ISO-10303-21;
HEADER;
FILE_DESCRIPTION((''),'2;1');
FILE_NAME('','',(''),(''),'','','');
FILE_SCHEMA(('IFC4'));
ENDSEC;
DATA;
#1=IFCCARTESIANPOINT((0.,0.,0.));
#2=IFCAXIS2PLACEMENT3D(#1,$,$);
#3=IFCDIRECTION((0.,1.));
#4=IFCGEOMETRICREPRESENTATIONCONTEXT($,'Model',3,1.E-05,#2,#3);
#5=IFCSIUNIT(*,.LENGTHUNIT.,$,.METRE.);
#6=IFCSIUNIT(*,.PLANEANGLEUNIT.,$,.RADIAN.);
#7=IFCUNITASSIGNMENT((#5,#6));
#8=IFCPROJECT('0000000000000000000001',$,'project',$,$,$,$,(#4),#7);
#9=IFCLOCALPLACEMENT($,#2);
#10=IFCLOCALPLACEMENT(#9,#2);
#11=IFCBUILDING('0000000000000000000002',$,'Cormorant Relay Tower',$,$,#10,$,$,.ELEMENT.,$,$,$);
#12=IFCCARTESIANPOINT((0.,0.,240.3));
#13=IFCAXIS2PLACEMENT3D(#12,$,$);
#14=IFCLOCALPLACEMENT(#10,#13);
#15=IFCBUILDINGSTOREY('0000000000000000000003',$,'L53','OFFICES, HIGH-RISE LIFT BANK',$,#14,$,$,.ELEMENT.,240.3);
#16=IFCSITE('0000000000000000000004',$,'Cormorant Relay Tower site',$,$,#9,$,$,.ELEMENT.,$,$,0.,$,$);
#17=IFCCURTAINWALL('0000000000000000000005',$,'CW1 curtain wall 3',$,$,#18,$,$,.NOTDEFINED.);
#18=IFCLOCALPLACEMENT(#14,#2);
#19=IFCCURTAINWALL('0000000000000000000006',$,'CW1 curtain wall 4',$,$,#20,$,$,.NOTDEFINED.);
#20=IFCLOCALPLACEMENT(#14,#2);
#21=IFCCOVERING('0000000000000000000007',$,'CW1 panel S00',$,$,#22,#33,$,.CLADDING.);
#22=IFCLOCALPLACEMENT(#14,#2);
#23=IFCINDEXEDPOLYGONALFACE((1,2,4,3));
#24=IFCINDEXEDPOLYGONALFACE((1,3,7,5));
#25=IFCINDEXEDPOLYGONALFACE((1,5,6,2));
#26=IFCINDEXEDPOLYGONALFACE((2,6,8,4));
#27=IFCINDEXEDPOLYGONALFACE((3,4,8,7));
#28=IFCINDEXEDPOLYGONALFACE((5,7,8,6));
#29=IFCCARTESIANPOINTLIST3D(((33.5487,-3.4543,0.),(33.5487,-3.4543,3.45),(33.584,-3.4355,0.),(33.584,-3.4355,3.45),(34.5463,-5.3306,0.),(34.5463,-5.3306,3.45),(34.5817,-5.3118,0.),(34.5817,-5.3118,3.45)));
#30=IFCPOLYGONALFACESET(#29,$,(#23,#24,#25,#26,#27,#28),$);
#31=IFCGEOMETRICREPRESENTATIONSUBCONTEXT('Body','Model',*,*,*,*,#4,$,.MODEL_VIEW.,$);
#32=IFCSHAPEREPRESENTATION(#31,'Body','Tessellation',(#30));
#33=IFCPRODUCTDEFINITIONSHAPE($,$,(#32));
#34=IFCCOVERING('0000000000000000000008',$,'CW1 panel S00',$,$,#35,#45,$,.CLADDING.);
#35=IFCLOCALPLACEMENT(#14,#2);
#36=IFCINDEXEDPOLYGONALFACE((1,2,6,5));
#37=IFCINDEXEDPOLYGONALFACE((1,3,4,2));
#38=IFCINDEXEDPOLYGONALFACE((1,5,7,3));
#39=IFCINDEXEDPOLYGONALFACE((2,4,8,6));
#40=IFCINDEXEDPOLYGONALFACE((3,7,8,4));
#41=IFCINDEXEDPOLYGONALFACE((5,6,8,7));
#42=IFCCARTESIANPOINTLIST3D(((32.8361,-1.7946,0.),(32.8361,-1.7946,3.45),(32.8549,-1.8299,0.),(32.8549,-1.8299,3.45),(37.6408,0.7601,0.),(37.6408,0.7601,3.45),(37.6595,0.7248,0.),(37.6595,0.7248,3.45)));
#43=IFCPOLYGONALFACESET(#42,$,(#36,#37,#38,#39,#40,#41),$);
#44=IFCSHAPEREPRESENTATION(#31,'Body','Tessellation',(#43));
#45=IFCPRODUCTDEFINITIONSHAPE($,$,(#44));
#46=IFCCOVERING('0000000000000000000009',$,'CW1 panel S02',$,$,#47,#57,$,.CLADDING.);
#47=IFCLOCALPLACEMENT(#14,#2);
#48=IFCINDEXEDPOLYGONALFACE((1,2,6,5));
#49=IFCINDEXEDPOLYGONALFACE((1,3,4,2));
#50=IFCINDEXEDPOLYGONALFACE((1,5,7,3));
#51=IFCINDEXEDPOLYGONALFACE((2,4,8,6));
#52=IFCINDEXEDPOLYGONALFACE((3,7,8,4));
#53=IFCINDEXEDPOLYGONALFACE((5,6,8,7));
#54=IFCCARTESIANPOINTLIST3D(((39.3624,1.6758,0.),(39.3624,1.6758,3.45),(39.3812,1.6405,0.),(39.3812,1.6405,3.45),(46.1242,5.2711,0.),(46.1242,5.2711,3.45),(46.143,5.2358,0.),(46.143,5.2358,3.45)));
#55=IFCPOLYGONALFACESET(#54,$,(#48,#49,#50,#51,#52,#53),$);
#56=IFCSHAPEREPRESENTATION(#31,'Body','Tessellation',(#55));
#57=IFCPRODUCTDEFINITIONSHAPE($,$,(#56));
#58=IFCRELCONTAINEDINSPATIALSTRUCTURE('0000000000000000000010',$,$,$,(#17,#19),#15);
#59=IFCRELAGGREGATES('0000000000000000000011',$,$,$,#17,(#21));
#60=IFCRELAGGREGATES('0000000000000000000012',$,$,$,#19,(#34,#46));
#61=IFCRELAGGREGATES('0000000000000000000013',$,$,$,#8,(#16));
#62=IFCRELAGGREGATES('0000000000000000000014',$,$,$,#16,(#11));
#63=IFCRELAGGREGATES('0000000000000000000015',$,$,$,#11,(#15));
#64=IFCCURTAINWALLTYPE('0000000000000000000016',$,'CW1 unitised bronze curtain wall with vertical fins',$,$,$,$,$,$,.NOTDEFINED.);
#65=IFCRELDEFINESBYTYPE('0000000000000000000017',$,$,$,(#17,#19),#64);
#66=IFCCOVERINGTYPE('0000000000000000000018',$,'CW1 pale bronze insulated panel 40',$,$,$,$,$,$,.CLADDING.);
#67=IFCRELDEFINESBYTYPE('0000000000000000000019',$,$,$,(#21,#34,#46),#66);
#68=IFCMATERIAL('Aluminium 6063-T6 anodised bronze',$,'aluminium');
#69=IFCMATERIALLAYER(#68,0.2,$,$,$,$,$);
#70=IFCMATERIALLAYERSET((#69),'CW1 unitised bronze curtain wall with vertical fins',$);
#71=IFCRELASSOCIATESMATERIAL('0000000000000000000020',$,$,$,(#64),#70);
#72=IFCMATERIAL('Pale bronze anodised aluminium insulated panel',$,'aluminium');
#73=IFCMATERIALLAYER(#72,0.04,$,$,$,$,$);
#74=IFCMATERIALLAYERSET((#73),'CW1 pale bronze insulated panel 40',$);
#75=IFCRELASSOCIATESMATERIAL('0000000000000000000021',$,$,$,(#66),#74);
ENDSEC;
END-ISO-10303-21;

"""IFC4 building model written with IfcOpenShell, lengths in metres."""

from ifc_helpers import new_model, si_unit, direction, frame, origin, origin_2d, place, context, subcontext, project, spatial, rectangle, extrude, material, layer, layer_set, type_object, element, aggregate, save


model = new_model("IFC4")

# Units and contexts
model_context = context("Model", 3, precision=1e-05, world=origin(), true_north=direction((0.0, 1.0)))
body_context = subcontext(model_context, "Body", "Model", "MODEL_VIEW")
ifc_project = project(units=[si_unit("LENGTHUNIT", "METRE"), si_unit("PLANEANGLEUNIT", "RADIAN")], contexts=[model_context])

# Site, building, storey
site_placement = place(None, origin())
site = spatial("IfcSite", under=ifc_project, at=site_placement, Name="Cormorant Relay Tower site", CompositionType="ELEMENT", RefElevation=0.0)
building_placement = place(site_placement, origin())
building = spatial("IfcBuilding", under=site, at=building_placement, Name="Cormorant Relay Tower", CompositionType="ELEMENT")
storey_placement = place(building_placement, frame((0.0, 0.0, 240.3)))
storey = spatial("IfcBuildingStorey", under=building, at=storey_placement, Name="L53", Description="OFFICES, HIGH-RISE LIFT BANK", CompositionType="ELEMENT", Elevation=240.3)

# Curtain wall
ifc_material_1 = material(Name="Aluminium 6063-T6 anodised bronze", Category="aluminium")
ifc_layer_1 = layer(ifc_material_1, 0.2)
ifc_layer_set_1 = layer_set([ifc_layer_1], Name="CW1 unitised bronze curtain wall with vertical fins")
curtain_wall_type = type_object("IfcCurtainWallType", Name="CW1 unitised bronze curtain wall with vertical fins", PredefinedType="NOTDEFINED", material=ifc_layer_set_1)
curtain_wall_1_placement = place(storey_placement, origin())
curtain_wall_1 = element("IfcCurtainWall", 1, at=curtain_wall_1_placement, inside=storey, type_object=curtain_wall_type, Name="CW1 curtain wall 3", PredefinedType="NOTDEFINED")

# Curtain wall
curtain_wall_2_placement = place(storey_placement, origin())
curtain_wall_2 = element("IfcCurtainWall", 2, at=curtain_wall_2_placement, inside=storey, type_object=curtain_wall_type, Name="CW1 curtain wall 4", PredefinedType="NOTDEFINED")

# Shared definitions
ifc_material_2 = material(Name="Pale bronze anodised aluminium insulated panel", Category="aluminium")
ifc_layer_2 = layer(ifc_material_2, 0.04)
ifc_layer_set_2 = layer_set([ifc_layer_2], Name="CW1 pale bronze insulated panel 40")
covering_type = type_object("IfcCoveringType", Name="CW1 pale bronze insulated panel 40", PredefinedType="CLADDING", material=ifc_layer_set_2)

# Coverings
covering_1_placement = place(storey_placement, frame((34.0652, -4.3831, 0.0), z_axis=(0.0, 0.0, 1.0), x_axis=(-0.469472, 0.882948, 0.0)))
covering_1 = element("IfcCovering", 3, at=covering_1_placement, type_object=covering_type, Name="CW1 panel S00", PredefinedType="CLADDING", context=body_context, shape_type="SweptSolid", body=[
    extrude(rectangle(XDim=2.125, YDim=0.04, at=origin_2d()), origin(), (0.0, 0.0, 1.0), 3.45),
])
aggregate(curtain_wall_1, [covering_1])
covering_2_placement = place(storey_placement, frame((35.2478, -0.5349, 0.0), z_axis=(0.0, 0.0, 1.0), x_axis=(0.882948, 0.469472, 0.0)))
covering_2 = element("IfcCovering", 4, at=covering_2_placement, type_object=covering_type, Name="CW1 panel S00", PredefinedType="CLADDING", context=body_context, shape_type="SweptSolid", body=[
    extrude(rectangle(XDim=5.4417, YDim=0.04, at=origin_2d()), origin(), (0.0, 0.0, 1.0), 3.45),
])
covering_3_placement = place(storey_placement, frame((42.7527, 3.4558, 0.0), z_axis=(0.0, 0.0, 1.0), x_axis=(0.882948, 0.469472, 0.0)))
covering_3 = element("IfcCovering", 5, at=covering_3_placement, type_object=covering_type, Name="CW1 panel S02", PredefinedType="CLADDING", context=body_context, shape_type="SweptSolid", body=[
    extrude(rectangle(XDim=7.6582, YDim=0.04, at=origin_2d()), origin(), (0.0, 0.0, 1.0), 3.45),
])
aggregate(curtain_wall_2, [covering_2, covering_3])

save(model, "model.ifc")
